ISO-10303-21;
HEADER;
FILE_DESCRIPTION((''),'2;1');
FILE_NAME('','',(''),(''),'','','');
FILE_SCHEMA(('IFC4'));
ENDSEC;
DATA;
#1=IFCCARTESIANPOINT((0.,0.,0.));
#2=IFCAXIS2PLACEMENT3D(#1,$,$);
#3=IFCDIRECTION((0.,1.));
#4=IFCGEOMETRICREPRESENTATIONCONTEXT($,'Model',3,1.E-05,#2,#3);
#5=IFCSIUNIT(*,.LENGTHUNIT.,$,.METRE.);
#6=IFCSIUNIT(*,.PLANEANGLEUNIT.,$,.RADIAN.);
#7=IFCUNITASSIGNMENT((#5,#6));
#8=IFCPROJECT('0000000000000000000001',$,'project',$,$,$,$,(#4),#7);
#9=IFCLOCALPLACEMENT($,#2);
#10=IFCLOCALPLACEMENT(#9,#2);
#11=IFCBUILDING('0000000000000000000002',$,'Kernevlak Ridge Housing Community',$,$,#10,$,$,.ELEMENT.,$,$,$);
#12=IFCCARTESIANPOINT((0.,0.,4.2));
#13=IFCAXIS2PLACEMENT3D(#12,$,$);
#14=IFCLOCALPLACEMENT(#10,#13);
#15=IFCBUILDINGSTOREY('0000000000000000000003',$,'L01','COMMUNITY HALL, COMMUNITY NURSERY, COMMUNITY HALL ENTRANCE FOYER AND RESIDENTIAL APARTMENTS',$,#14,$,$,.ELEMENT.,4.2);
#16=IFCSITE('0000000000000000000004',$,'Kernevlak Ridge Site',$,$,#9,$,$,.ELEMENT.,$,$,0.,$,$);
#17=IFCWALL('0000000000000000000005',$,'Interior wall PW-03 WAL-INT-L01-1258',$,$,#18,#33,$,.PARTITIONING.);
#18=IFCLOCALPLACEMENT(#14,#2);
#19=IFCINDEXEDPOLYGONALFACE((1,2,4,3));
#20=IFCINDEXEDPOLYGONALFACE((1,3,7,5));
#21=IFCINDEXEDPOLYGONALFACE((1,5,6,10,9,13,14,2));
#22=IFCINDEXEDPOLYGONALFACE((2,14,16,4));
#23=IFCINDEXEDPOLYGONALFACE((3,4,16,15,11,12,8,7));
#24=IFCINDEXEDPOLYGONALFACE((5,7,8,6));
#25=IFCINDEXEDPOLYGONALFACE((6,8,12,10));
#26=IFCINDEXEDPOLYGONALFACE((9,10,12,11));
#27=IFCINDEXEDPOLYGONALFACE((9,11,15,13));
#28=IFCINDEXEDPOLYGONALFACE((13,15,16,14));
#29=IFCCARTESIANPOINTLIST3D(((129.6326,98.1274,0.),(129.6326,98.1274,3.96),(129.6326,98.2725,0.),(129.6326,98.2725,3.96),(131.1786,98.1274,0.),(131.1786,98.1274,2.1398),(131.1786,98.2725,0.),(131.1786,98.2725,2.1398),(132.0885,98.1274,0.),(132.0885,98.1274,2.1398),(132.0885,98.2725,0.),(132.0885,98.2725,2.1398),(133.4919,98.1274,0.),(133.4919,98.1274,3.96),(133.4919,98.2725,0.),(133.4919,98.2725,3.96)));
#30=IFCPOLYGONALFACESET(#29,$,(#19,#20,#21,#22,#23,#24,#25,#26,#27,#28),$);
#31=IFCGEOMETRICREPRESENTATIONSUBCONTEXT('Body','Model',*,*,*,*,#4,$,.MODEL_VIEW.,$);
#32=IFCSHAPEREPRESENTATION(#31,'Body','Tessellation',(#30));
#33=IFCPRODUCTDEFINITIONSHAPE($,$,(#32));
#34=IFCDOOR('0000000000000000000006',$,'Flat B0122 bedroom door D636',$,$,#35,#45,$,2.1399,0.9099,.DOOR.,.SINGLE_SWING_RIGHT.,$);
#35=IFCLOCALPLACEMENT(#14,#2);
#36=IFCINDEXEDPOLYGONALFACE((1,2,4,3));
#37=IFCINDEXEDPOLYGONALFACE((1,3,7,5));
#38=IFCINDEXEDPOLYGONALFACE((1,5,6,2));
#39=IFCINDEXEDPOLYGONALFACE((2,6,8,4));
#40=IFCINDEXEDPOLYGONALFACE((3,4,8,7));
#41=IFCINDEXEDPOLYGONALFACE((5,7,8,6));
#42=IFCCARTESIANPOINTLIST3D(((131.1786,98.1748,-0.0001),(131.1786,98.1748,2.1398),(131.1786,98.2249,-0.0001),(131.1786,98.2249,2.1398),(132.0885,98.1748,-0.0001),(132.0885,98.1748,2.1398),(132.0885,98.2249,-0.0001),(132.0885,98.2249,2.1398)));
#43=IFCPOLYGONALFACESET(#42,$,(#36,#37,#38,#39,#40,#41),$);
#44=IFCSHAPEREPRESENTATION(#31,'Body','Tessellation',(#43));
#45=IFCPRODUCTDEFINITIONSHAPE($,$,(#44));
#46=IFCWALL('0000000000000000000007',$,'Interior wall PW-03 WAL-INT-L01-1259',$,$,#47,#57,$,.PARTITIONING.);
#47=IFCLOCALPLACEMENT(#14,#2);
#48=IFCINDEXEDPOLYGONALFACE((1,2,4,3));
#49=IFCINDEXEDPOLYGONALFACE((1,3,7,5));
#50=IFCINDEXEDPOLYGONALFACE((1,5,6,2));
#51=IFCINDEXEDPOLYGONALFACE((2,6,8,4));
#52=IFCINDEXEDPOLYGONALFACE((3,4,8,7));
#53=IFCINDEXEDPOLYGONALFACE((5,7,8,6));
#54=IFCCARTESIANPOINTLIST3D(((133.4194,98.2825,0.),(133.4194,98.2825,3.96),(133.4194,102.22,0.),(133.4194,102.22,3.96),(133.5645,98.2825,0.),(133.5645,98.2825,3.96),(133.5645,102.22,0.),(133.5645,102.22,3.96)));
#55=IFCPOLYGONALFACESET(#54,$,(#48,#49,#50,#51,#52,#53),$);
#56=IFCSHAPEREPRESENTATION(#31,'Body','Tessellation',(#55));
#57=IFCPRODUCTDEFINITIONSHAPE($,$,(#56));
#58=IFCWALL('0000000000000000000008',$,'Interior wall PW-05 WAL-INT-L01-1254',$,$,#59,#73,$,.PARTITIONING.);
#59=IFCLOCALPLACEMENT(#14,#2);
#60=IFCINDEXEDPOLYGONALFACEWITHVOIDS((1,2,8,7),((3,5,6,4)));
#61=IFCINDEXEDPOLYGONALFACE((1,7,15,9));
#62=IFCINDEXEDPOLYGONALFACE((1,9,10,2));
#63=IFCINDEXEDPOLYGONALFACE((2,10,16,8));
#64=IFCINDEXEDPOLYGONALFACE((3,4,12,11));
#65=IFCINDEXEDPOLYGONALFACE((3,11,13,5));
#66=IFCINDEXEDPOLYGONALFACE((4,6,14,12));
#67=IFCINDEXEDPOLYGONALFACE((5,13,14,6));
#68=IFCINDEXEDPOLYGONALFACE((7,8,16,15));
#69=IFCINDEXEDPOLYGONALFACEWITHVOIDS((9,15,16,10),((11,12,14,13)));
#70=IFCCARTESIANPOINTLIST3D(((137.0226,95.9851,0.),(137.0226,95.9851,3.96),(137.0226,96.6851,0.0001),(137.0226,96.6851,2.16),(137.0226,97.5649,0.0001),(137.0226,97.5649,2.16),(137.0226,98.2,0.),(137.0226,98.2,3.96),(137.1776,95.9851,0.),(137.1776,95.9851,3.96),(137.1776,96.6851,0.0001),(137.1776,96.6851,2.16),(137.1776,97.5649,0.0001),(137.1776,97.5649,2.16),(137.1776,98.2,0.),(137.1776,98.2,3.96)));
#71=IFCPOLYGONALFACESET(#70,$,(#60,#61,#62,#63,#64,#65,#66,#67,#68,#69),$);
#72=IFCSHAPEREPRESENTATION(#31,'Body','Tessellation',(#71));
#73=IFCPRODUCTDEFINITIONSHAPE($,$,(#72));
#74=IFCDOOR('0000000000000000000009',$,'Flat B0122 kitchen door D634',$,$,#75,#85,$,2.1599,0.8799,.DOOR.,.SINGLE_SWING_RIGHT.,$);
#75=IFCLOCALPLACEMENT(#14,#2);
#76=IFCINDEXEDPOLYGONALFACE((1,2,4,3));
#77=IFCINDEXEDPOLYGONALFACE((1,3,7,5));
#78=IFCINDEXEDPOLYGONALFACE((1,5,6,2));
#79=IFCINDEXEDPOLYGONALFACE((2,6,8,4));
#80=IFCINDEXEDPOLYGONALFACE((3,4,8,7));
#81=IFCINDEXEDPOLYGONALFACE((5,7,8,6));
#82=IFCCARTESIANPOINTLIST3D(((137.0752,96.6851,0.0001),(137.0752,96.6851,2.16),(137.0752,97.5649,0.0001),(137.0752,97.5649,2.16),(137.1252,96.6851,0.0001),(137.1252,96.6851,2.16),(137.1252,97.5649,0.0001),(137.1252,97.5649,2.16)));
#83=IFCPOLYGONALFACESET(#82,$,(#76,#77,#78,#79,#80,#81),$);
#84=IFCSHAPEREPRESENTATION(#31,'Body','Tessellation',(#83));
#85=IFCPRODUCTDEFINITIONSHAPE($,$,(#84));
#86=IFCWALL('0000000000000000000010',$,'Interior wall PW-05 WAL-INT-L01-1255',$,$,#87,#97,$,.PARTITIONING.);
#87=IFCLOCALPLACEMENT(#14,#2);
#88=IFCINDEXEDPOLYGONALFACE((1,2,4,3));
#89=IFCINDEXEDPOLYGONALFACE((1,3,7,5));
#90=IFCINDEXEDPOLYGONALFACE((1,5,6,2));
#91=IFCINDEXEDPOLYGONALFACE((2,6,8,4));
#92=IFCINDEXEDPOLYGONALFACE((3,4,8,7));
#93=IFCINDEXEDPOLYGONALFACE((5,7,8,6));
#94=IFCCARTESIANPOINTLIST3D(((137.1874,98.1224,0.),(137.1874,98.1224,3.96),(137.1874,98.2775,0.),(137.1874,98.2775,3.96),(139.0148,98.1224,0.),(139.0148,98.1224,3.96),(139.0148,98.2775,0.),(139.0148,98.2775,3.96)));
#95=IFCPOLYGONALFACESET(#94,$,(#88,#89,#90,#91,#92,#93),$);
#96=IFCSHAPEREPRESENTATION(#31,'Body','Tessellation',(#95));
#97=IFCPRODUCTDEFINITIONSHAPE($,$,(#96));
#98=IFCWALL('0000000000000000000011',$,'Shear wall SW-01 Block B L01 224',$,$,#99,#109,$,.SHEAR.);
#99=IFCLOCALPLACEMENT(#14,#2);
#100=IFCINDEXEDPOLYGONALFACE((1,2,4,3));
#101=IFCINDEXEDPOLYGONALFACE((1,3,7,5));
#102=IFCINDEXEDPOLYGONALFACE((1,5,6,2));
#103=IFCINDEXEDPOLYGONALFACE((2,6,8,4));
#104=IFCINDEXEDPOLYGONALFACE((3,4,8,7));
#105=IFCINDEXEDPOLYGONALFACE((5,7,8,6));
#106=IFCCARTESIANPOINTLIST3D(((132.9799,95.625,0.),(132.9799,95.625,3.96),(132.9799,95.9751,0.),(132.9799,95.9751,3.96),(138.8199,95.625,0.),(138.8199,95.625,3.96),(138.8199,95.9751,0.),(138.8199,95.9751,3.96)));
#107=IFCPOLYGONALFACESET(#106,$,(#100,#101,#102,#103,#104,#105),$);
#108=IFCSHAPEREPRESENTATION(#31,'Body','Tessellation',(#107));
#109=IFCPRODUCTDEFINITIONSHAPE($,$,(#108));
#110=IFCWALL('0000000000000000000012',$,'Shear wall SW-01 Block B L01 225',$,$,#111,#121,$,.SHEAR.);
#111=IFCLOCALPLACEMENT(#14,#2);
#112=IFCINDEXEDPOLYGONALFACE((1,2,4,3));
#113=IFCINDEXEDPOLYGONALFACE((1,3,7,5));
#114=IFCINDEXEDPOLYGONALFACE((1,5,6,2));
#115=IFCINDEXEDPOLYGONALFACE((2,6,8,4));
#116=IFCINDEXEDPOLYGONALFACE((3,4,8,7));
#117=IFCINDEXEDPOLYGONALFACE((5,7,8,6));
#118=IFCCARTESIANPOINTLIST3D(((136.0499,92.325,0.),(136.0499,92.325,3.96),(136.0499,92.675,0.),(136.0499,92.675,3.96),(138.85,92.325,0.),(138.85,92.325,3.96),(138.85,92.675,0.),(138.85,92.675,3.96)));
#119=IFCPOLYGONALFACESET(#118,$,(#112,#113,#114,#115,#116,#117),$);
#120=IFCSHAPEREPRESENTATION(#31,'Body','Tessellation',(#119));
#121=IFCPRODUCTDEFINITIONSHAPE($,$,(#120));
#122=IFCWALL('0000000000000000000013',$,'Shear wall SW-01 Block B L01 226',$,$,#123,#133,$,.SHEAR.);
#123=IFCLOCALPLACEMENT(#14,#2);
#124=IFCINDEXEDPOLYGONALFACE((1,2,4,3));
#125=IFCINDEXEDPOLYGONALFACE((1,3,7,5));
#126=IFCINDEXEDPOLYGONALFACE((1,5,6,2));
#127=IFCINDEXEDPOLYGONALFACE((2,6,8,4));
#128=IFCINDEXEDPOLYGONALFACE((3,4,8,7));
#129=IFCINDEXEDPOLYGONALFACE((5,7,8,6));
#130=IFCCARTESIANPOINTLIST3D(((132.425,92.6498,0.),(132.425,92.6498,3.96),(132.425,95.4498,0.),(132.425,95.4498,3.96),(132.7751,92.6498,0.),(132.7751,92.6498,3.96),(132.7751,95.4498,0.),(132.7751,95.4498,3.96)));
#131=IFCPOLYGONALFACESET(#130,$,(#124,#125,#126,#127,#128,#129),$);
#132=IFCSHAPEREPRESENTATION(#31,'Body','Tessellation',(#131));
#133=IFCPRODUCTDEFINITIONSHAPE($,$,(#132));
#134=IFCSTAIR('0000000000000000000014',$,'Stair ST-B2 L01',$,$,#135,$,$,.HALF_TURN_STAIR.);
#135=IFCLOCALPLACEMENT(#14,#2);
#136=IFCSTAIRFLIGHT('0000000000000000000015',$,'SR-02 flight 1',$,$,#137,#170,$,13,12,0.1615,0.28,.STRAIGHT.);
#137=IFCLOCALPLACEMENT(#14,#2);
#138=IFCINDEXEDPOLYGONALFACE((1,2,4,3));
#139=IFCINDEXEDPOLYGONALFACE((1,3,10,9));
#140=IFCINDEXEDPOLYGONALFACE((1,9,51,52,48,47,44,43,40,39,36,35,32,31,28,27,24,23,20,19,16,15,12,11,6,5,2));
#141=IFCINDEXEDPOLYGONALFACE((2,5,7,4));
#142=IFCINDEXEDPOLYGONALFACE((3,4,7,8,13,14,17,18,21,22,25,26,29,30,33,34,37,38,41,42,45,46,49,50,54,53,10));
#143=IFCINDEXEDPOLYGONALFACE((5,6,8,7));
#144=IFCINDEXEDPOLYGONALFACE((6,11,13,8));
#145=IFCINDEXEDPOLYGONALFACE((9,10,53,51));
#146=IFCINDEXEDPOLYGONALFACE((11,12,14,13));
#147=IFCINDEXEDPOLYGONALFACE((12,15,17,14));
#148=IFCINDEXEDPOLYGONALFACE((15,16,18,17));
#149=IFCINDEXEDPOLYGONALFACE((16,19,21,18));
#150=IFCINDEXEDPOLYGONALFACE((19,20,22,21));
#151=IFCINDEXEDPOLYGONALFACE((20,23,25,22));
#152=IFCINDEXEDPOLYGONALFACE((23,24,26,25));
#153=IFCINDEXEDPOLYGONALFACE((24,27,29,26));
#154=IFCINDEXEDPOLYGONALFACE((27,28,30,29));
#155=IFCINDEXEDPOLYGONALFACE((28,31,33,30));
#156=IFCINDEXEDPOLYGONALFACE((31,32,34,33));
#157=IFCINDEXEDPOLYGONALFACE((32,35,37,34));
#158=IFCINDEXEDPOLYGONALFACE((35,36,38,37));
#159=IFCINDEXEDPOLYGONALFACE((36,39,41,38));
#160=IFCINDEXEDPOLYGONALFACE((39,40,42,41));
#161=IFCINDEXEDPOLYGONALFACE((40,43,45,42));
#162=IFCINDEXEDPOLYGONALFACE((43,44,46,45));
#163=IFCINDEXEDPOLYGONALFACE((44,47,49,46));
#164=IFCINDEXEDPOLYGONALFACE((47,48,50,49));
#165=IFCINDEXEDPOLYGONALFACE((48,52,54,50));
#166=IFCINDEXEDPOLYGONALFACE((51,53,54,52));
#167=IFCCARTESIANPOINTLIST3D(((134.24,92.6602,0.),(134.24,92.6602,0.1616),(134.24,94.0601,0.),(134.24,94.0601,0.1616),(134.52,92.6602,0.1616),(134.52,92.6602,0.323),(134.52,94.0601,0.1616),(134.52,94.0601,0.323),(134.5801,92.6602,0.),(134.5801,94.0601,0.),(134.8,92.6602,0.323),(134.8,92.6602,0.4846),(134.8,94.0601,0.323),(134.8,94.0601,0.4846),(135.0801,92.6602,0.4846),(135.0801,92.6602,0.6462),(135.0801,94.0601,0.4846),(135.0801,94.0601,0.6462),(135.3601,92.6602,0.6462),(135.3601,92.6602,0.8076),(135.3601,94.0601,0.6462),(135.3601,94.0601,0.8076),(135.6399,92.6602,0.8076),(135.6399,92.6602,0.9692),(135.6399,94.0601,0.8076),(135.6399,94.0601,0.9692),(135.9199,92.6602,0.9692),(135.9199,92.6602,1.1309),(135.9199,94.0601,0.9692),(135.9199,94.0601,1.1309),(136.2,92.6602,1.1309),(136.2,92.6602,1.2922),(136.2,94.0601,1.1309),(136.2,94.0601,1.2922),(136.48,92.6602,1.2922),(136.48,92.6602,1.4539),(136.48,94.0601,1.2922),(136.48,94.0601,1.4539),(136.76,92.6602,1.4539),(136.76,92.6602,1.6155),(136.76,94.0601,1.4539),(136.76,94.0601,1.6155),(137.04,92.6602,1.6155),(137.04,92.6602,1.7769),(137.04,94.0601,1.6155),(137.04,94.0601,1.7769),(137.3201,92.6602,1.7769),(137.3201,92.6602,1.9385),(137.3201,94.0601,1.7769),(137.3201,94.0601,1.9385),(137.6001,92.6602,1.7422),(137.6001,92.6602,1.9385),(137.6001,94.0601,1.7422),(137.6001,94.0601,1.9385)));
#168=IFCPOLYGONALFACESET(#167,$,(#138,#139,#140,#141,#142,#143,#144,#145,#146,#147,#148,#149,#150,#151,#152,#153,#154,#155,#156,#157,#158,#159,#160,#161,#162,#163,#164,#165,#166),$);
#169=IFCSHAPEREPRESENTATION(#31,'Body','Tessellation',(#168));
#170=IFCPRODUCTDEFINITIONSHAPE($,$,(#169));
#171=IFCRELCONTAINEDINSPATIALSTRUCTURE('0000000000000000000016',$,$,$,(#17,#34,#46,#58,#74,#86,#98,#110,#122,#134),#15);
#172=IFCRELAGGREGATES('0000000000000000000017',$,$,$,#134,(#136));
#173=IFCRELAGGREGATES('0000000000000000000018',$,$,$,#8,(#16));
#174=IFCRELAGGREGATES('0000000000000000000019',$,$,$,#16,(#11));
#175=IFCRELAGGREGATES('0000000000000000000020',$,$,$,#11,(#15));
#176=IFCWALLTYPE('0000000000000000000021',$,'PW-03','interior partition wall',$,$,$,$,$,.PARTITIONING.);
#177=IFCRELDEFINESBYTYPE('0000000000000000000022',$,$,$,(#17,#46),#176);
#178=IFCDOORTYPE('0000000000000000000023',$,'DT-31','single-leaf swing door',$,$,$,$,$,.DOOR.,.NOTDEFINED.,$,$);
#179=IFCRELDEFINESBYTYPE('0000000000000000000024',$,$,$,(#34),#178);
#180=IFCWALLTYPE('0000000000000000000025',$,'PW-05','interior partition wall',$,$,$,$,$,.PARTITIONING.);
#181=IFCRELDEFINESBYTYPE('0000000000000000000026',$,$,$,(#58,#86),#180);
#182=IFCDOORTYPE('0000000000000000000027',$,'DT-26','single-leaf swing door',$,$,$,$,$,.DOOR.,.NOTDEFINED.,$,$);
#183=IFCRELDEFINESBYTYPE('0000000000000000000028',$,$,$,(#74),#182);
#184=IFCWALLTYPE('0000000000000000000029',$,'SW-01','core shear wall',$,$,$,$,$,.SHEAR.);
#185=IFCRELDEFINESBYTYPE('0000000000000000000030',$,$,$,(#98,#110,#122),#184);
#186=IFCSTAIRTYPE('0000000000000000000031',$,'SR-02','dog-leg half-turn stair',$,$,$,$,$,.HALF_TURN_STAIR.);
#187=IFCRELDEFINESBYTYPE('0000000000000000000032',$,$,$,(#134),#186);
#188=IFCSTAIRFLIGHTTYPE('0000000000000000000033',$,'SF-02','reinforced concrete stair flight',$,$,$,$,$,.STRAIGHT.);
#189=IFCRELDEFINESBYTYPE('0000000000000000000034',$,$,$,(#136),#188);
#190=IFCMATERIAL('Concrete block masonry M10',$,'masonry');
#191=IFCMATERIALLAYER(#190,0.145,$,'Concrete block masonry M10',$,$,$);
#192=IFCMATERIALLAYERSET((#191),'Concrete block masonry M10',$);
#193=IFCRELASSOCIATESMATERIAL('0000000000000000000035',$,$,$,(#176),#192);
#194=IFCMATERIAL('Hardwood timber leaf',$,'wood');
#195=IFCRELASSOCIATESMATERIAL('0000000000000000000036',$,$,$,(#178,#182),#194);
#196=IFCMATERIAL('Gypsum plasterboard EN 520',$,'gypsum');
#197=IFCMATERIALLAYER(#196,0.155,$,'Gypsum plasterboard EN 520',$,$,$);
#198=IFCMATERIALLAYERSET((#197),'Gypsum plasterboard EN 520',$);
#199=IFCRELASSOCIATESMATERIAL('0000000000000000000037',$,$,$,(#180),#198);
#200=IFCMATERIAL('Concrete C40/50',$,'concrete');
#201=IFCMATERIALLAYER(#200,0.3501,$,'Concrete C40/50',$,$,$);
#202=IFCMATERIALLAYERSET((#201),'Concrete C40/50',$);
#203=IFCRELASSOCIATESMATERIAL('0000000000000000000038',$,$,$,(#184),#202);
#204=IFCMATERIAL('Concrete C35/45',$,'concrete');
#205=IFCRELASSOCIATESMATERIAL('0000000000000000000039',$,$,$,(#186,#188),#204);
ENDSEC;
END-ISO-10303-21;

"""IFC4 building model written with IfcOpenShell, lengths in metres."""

from ifc_helpers import new_model, si_unit, direction, frame, frame_2d, origin, place, context, subcontext, project, spatial, polyline, rectangle, outline, extrude, material, layer, layer_set, type_object, element, fill, aggregate, save


model = new_model("IFC4")

# Units and contexts
model_context = context("Model", 3, precision=1e-05, world=origin(), true_north=direction((0.0, 1.0)))
body_context = subcontext(model_context, "Body", "Model", "MODEL_VIEW")
ifc_project = project(units=[si_unit("LENGTHUNIT", "METRE"), si_unit("PLANEANGLEUNIT", "RADIAN")], contexts=[model_context])

# Site, building, storey
site_placement = place(None, origin())
site = spatial("IfcSite", under=ifc_project, at=site_placement, Name="Kernevlak Ridge Site", CompositionType="ELEMENT", RefElevation=0.0)
building_placement = place(site_placement, origin())
building = spatial("IfcBuilding", under=site, at=building_placement, Name="Kernevlak Ridge Housing Community", CompositionType="ELEMENT")
storey_placement = place(building_placement, frame((0.0, 0.0, 4.2)))
storey = spatial("IfcBuildingStorey", under=building, at=storey_placement, Name="L01", Description="COMMUNITY HALL, COMMUNITY NURSERY, COMMUNITY HALL ENTRANCE FOYER AND RESIDENTIAL APARTMENTS", CompositionType="ELEMENT", Elevation=4.2)

# Shared definitions
ifc_material_1 = material(Name="Concrete C40/50", Category="concrete")

# Shared definitions
ifc_material_2 = material(Name="Concrete C35/45", Category="concrete")

# Shared definitions
ifc_material_3 = material(Name="Concrete block masonry M10", Category="masonry")

# Shared definitions
ifc_layer_1 = layer(ifc_material_3, 0.145, Name="Concrete block masonry M10")
ifc_layer_set_1 = layer_set([ifc_layer_1], Name="Concrete block masonry M10")
wall_type_1 = type_object("IfcWallType", Name="PW-03", Description="interior partition wall", PredefinedType="PARTITIONING", material=ifc_layer_set_1)

# Wall, opening, door
wall_1_placement = place(storey_placement, frame((129.6326, 98.2, 0.0), z_axis=(0.0, 0.0, 1.0), x_axis=(1.0, 0.0, 0.0)))
wall_1 = element("IfcWall", 1, at=wall_1_placement, inside=storey, type_object=wall_type_1, Name="Interior wall PW-03 WAL-INT-L01-1258", PredefinedType="PARTITIONING", context=body_context, shape_type="SweptSolid", body=[
    extrude(rectangle(XDim=3.8594, YDim=0.145, at=frame_2d((1.9297, 0.0))), origin(), (0.0, 0.0, 1.0), 3.96),
])
opening_1_placement = place(wall_1_placement, frame((1.5459, 0.0, 0.0)))
opening_1 = element("IfcOpeningElement", 2, at=opening_1_placement, cuts=wall_1, PredefinedType="OPENING", context=body_context, shape_type="SweptSolid", body=[
    extrude(rectangle(XDim=0.9099, YDim=2.1399, at=frame_2d((0.4551, 1.0698))), frame((0.0, 0.0825, 0.0), z_axis=(0.0, -1.0, 0.0), x_axis=(1.0, 0.0, 0.0)), (0.0, 0.0, 1.0), 0.165),
])
ifc_material_4 = material(Name="Hardwood timber leaf", Category="wood")
door_type_1 = type_object("IfcDoorType", Name="DT-31", Description="single-leaf swing door", OperationType="NOTDEFINED", PredefinedType="DOOR", material=ifc_material_4)
door_1_placement = place(opening_1_placement, origin())
door_1 = element("IfcDoor", 3, at=door_1_placement, inside=storey, type_object=door_type_1, Name="Flat B0122 bedroom door D636", OperationType="SINGLE_SWING_RIGHT", OverallHeight=2.1399, OverallWidth=0.9099, PredefinedType="DOOR", context=body_context, shape_type="SweptSolid", body=[
    extrude(rectangle(XDim=0.9099, YDim=2.1399, at=frame_2d((0.4551, 1.0698))), frame((0.0, 0.0249, 0.0), z_axis=(0.0, -1.0, 0.0), x_axis=(1.0, 0.0, 0.0)), (0.0, 0.0, 1.0), 0.05),
])
fill(opening_1, door_1)

# Wall
wall_2_placement = place(storey_placement, frame((133.4919, 98.2825, 0.0), z_axis=(0.0, 0.0, 1.0), x_axis=(0.0, 1.0, 0.0)))
element("IfcWall", 4, at=wall_2_placement, inside=storey, type_object=wall_type_1, Name="Interior wall PW-03 WAL-INT-L01-1259", PredefinedType="PARTITIONING", context=body_context, shape_type="SweptSolid", body=[
    extrude(rectangle(XDim=3.9375, YDim=0.145, at=frame_2d((1.9688, 0.0))), origin(), (0.0, 0.0, 1.0), 3.96),
])

# Wall, opening, door
ifc_material_5 = material(Name="Gypsum plasterboard EN 520", Category="gypsum")
ifc_layer_2 = layer(ifc_material_5, 0.155, Name="Gypsum plasterboard EN 520")
ifc_layer_set_2 = layer_set([ifc_layer_2], Name="Gypsum plasterboard EN 520")
wall_type_2 = type_object("IfcWallType", Name="PW-05", Description="interior partition wall", PredefinedType="PARTITIONING", material=ifc_layer_set_2)
wall_3_placement = place(storey_placement, frame((137.1001, 95.9851, 0.0), z_axis=(0.0, 0.0, 1.0), x_axis=(0.0, 1.0, 0.0)))
wall_3 = element("IfcWall", 5, at=wall_3_placement, inside=storey, type_object=wall_type_2, Name="Interior wall PW-05 WAL-INT-L01-1254", PredefinedType="PARTITIONING", context=body_context, shape_type="SweptSolid", body=[
    extrude(rectangle(XDim=2.2148, YDim=0.155, at=frame_2d((1.1074, 0.0))), origin(), (0.0, 0.0, 1.0), 3.96),
])
opening_2_placement = place(wall_3_placement, frame((0.7, 0.0, 0.0)))
opening_2 = element("IfcOpeningElement", 6, at=opening_2_placement, cuts=wall_3, PredefinedType="OPENING", context=body_context, shape_type="SweptSolid", body=[
    extrude(rectangle(XDim=0.8799, YDim=2.1599, at=frame_2d((0.4399, 1.0801))), frame((0.0, 0.0874, 0.0), z_axis=(0.0, -1.0, 0.0), x_axis=(1.0, 0.0, 0.0)), (0.0, 0.0, 1.0), 0.175),
])
door_type_2 = type_object("IfcDoorType", Name="DT-26", Description="single-leaf swing door", OperationType="NOTDEFINED", PredefinedType="DOOR", material=ifc_material_4)
door_2_placement = place(opening_2_placement, origin())
door_2 = element("IfcDoor", 7, at=door_2_placement, inside=storey, type_object=door_type_2, Name="Flat B0122 kitchen door D634", OperationType="SINGLE_SWING_RIGHT", OverallHeight=2.1599, OverallWidth=0.8799, PredefinedType="DOOR", context=body_context, shape_type="SweptSolid", body=[
    extrude(rectangle(XDim=0.8799, YDim=2.1599, at=frame_2d((0.4399, 1.0801))), frame((0.0, 0.0249, 0.0), z_axis=(0.0, -1.0, 0.0), x_axis=(1.0, 0.0, 0.0)), (0.0, 0.0, 1.0), 0.05),
])
fill(opening_2, door_2)

# Wall
wall_4_placement = place(storey_placement, frame((137.1875, 98.2, 0.0), z_axis=(0.0, 0.0, 1.0), x_axis=(1.0, 0.0, 0.0)))
element("IfcWall", 8, at=wall_4_placement, inside=storey, type_object=wall_type_2, Name="Interior wall PW-05 WAL-INT-L01-1255", PredefinedType="PARTITIONING", context=body_context, shape_type="SweptSolid", body=[
    extrude(rectangle(XDim=1.8274, YDim=0.155, at=frame_2d((0.9136, 0.0))), origin(), (0.0, 0.0, 1.0), 3.96),
])

# Walls
ifc_layer_3 = layer(ifc_material_1, 0.3501, Name="Concrete C40/50")
ifc_layer_set_3 = layer_set([ifc_layer_3], Name="Concrete C40/50")
wall_type_3 = type_object("IfcWallType", Name="SW-01", Description="core shear wall", PredefinedType="SHEAR", material=ifc_layer_set_3)
wall_5_placement = place(storey_placement, frame((132.98, 95.8, 0.0), z_axis=(0.0, 0.0, 1.0), x_axis=(1.0, 0.0, 0.0)))
element("IfcWall", 9, at=wall_5_placement, inside=storey, type_object=wall_type_3, Name="Shear wall SW-01 Block B L01 224", PredefinedType="SHEAR", context=body_context, shape_type="SweptSolid", body=[
    extrude(rectangle(XDim=5.8401, YDim=0.3501, at=frame_2d((2.9199, 0.0))), origin(), (0.0, 0.0, 1.0), 3.96),
])
for number, where, z_axis, x_axis, name in (
    (10, (136.05, 92.5, 0.0), (0.0, 0.0, 1.0), (1.0, 0.0, 0.0), "Shear wall SW-01 Block B L01 225"),
    (11, (132.6001, 92.6499, 0.0), (0.0, 0.0, 1.0), (0.0, 1.0, 0.0), "Shear wall SW-01 Block B L01 226"),
):
    element("IfcWall", number, at=place(storey_placement, frame(where, z_axis=z_axis, x_axis=x_axis)), inside=storey, type_object=wall_type_3, Name=name, PredefinedType="SHEAR", context=body_context, shape_type="SweptSolid", body=[
        extrude(rectangle(XDim=2.8, YDim=0.3501, at=frame_2d((1.3999, 0.0))), origin(), (0.0, 0.0, 1.0), 3.96),
    ])

# Stair, stair flight
stair_type = type_object("IfcStairType", Name="SR-02", Description="dog-leg half-turn stair", PredefinedType="HALF_TURN_STAIR", material=ifc_material_2)
stair_placement = place(storey_placement, origin())
stair = element("IfcStair", 12, at=stair_placement, inside=storey, type_object=stair_type, Name="Stair ST-B2 L01", PredefinedType="HALF_TURN_STAIR")
stair_flight_type = type_object("IfcStairFlightType", Name="SF-02", Description="reinforced concrete stair flight", PredefinedType="STRAIGHT", material=ifc_material_2)
stair_flight_placement = place(storey_placement, frame((134.24, 93.3601, 0.0), z_axis=(0.0, 0.0, 1.0), x_axis=(1.0, 0.0, 0.0)))
stair_flight = element("IfcStairFlight", 13, at=stair_flight_placement, type_object=stair_flight_type, Name="SR-02 flight 1", NumberOfRisers=13, NumberOfTreads=12, PredefinedType="STRAIGHT", RiserHeight=0.1615, TreadLength=0.28, context=body_context, shape_type="SweptSolid", body=[
    extrude(outline(polyline([(0.0, 0.0), (0.0, 0.1616), (0.28, 0.1616), (0.28, 0.323), (0.5601, 0.323), (0.5601, 0.4846), (0.8401, 0.4846), (0.8401, 0.6462), (1.1201, 0.6462), (1.1201, 0.8076), (1.3999, 0.8076), (1.3999, 0.9692), (1.6799, 0.9692), (1.6799, 1.1309), (1.96, 1.1309), (1.96, 1.2922), (2.24, 1.2922), (2.24, 1.4539), (2.52, 1.4539), (2.52, 1.6155), (2.8, 1.6155), (2.8, 1.7769), (3.0801, 1.7769), (3.0801, 1.9385), (3.3601, 1.9385), (3.3601, 2.1001), (3.3601, 1.7422), (0.3401, 0.0), (0.0, 0.0)])), frame((0.0, 0.7, 0.0), z_axis=(0.0, -1.0, 0.0), x_axis=(1.0, 0.0, 0.0)), (0.0, 0.0, 1.0), 1.3999),
])
aggregate(stair, [stair_flight])

save(model, "model.ifc")
